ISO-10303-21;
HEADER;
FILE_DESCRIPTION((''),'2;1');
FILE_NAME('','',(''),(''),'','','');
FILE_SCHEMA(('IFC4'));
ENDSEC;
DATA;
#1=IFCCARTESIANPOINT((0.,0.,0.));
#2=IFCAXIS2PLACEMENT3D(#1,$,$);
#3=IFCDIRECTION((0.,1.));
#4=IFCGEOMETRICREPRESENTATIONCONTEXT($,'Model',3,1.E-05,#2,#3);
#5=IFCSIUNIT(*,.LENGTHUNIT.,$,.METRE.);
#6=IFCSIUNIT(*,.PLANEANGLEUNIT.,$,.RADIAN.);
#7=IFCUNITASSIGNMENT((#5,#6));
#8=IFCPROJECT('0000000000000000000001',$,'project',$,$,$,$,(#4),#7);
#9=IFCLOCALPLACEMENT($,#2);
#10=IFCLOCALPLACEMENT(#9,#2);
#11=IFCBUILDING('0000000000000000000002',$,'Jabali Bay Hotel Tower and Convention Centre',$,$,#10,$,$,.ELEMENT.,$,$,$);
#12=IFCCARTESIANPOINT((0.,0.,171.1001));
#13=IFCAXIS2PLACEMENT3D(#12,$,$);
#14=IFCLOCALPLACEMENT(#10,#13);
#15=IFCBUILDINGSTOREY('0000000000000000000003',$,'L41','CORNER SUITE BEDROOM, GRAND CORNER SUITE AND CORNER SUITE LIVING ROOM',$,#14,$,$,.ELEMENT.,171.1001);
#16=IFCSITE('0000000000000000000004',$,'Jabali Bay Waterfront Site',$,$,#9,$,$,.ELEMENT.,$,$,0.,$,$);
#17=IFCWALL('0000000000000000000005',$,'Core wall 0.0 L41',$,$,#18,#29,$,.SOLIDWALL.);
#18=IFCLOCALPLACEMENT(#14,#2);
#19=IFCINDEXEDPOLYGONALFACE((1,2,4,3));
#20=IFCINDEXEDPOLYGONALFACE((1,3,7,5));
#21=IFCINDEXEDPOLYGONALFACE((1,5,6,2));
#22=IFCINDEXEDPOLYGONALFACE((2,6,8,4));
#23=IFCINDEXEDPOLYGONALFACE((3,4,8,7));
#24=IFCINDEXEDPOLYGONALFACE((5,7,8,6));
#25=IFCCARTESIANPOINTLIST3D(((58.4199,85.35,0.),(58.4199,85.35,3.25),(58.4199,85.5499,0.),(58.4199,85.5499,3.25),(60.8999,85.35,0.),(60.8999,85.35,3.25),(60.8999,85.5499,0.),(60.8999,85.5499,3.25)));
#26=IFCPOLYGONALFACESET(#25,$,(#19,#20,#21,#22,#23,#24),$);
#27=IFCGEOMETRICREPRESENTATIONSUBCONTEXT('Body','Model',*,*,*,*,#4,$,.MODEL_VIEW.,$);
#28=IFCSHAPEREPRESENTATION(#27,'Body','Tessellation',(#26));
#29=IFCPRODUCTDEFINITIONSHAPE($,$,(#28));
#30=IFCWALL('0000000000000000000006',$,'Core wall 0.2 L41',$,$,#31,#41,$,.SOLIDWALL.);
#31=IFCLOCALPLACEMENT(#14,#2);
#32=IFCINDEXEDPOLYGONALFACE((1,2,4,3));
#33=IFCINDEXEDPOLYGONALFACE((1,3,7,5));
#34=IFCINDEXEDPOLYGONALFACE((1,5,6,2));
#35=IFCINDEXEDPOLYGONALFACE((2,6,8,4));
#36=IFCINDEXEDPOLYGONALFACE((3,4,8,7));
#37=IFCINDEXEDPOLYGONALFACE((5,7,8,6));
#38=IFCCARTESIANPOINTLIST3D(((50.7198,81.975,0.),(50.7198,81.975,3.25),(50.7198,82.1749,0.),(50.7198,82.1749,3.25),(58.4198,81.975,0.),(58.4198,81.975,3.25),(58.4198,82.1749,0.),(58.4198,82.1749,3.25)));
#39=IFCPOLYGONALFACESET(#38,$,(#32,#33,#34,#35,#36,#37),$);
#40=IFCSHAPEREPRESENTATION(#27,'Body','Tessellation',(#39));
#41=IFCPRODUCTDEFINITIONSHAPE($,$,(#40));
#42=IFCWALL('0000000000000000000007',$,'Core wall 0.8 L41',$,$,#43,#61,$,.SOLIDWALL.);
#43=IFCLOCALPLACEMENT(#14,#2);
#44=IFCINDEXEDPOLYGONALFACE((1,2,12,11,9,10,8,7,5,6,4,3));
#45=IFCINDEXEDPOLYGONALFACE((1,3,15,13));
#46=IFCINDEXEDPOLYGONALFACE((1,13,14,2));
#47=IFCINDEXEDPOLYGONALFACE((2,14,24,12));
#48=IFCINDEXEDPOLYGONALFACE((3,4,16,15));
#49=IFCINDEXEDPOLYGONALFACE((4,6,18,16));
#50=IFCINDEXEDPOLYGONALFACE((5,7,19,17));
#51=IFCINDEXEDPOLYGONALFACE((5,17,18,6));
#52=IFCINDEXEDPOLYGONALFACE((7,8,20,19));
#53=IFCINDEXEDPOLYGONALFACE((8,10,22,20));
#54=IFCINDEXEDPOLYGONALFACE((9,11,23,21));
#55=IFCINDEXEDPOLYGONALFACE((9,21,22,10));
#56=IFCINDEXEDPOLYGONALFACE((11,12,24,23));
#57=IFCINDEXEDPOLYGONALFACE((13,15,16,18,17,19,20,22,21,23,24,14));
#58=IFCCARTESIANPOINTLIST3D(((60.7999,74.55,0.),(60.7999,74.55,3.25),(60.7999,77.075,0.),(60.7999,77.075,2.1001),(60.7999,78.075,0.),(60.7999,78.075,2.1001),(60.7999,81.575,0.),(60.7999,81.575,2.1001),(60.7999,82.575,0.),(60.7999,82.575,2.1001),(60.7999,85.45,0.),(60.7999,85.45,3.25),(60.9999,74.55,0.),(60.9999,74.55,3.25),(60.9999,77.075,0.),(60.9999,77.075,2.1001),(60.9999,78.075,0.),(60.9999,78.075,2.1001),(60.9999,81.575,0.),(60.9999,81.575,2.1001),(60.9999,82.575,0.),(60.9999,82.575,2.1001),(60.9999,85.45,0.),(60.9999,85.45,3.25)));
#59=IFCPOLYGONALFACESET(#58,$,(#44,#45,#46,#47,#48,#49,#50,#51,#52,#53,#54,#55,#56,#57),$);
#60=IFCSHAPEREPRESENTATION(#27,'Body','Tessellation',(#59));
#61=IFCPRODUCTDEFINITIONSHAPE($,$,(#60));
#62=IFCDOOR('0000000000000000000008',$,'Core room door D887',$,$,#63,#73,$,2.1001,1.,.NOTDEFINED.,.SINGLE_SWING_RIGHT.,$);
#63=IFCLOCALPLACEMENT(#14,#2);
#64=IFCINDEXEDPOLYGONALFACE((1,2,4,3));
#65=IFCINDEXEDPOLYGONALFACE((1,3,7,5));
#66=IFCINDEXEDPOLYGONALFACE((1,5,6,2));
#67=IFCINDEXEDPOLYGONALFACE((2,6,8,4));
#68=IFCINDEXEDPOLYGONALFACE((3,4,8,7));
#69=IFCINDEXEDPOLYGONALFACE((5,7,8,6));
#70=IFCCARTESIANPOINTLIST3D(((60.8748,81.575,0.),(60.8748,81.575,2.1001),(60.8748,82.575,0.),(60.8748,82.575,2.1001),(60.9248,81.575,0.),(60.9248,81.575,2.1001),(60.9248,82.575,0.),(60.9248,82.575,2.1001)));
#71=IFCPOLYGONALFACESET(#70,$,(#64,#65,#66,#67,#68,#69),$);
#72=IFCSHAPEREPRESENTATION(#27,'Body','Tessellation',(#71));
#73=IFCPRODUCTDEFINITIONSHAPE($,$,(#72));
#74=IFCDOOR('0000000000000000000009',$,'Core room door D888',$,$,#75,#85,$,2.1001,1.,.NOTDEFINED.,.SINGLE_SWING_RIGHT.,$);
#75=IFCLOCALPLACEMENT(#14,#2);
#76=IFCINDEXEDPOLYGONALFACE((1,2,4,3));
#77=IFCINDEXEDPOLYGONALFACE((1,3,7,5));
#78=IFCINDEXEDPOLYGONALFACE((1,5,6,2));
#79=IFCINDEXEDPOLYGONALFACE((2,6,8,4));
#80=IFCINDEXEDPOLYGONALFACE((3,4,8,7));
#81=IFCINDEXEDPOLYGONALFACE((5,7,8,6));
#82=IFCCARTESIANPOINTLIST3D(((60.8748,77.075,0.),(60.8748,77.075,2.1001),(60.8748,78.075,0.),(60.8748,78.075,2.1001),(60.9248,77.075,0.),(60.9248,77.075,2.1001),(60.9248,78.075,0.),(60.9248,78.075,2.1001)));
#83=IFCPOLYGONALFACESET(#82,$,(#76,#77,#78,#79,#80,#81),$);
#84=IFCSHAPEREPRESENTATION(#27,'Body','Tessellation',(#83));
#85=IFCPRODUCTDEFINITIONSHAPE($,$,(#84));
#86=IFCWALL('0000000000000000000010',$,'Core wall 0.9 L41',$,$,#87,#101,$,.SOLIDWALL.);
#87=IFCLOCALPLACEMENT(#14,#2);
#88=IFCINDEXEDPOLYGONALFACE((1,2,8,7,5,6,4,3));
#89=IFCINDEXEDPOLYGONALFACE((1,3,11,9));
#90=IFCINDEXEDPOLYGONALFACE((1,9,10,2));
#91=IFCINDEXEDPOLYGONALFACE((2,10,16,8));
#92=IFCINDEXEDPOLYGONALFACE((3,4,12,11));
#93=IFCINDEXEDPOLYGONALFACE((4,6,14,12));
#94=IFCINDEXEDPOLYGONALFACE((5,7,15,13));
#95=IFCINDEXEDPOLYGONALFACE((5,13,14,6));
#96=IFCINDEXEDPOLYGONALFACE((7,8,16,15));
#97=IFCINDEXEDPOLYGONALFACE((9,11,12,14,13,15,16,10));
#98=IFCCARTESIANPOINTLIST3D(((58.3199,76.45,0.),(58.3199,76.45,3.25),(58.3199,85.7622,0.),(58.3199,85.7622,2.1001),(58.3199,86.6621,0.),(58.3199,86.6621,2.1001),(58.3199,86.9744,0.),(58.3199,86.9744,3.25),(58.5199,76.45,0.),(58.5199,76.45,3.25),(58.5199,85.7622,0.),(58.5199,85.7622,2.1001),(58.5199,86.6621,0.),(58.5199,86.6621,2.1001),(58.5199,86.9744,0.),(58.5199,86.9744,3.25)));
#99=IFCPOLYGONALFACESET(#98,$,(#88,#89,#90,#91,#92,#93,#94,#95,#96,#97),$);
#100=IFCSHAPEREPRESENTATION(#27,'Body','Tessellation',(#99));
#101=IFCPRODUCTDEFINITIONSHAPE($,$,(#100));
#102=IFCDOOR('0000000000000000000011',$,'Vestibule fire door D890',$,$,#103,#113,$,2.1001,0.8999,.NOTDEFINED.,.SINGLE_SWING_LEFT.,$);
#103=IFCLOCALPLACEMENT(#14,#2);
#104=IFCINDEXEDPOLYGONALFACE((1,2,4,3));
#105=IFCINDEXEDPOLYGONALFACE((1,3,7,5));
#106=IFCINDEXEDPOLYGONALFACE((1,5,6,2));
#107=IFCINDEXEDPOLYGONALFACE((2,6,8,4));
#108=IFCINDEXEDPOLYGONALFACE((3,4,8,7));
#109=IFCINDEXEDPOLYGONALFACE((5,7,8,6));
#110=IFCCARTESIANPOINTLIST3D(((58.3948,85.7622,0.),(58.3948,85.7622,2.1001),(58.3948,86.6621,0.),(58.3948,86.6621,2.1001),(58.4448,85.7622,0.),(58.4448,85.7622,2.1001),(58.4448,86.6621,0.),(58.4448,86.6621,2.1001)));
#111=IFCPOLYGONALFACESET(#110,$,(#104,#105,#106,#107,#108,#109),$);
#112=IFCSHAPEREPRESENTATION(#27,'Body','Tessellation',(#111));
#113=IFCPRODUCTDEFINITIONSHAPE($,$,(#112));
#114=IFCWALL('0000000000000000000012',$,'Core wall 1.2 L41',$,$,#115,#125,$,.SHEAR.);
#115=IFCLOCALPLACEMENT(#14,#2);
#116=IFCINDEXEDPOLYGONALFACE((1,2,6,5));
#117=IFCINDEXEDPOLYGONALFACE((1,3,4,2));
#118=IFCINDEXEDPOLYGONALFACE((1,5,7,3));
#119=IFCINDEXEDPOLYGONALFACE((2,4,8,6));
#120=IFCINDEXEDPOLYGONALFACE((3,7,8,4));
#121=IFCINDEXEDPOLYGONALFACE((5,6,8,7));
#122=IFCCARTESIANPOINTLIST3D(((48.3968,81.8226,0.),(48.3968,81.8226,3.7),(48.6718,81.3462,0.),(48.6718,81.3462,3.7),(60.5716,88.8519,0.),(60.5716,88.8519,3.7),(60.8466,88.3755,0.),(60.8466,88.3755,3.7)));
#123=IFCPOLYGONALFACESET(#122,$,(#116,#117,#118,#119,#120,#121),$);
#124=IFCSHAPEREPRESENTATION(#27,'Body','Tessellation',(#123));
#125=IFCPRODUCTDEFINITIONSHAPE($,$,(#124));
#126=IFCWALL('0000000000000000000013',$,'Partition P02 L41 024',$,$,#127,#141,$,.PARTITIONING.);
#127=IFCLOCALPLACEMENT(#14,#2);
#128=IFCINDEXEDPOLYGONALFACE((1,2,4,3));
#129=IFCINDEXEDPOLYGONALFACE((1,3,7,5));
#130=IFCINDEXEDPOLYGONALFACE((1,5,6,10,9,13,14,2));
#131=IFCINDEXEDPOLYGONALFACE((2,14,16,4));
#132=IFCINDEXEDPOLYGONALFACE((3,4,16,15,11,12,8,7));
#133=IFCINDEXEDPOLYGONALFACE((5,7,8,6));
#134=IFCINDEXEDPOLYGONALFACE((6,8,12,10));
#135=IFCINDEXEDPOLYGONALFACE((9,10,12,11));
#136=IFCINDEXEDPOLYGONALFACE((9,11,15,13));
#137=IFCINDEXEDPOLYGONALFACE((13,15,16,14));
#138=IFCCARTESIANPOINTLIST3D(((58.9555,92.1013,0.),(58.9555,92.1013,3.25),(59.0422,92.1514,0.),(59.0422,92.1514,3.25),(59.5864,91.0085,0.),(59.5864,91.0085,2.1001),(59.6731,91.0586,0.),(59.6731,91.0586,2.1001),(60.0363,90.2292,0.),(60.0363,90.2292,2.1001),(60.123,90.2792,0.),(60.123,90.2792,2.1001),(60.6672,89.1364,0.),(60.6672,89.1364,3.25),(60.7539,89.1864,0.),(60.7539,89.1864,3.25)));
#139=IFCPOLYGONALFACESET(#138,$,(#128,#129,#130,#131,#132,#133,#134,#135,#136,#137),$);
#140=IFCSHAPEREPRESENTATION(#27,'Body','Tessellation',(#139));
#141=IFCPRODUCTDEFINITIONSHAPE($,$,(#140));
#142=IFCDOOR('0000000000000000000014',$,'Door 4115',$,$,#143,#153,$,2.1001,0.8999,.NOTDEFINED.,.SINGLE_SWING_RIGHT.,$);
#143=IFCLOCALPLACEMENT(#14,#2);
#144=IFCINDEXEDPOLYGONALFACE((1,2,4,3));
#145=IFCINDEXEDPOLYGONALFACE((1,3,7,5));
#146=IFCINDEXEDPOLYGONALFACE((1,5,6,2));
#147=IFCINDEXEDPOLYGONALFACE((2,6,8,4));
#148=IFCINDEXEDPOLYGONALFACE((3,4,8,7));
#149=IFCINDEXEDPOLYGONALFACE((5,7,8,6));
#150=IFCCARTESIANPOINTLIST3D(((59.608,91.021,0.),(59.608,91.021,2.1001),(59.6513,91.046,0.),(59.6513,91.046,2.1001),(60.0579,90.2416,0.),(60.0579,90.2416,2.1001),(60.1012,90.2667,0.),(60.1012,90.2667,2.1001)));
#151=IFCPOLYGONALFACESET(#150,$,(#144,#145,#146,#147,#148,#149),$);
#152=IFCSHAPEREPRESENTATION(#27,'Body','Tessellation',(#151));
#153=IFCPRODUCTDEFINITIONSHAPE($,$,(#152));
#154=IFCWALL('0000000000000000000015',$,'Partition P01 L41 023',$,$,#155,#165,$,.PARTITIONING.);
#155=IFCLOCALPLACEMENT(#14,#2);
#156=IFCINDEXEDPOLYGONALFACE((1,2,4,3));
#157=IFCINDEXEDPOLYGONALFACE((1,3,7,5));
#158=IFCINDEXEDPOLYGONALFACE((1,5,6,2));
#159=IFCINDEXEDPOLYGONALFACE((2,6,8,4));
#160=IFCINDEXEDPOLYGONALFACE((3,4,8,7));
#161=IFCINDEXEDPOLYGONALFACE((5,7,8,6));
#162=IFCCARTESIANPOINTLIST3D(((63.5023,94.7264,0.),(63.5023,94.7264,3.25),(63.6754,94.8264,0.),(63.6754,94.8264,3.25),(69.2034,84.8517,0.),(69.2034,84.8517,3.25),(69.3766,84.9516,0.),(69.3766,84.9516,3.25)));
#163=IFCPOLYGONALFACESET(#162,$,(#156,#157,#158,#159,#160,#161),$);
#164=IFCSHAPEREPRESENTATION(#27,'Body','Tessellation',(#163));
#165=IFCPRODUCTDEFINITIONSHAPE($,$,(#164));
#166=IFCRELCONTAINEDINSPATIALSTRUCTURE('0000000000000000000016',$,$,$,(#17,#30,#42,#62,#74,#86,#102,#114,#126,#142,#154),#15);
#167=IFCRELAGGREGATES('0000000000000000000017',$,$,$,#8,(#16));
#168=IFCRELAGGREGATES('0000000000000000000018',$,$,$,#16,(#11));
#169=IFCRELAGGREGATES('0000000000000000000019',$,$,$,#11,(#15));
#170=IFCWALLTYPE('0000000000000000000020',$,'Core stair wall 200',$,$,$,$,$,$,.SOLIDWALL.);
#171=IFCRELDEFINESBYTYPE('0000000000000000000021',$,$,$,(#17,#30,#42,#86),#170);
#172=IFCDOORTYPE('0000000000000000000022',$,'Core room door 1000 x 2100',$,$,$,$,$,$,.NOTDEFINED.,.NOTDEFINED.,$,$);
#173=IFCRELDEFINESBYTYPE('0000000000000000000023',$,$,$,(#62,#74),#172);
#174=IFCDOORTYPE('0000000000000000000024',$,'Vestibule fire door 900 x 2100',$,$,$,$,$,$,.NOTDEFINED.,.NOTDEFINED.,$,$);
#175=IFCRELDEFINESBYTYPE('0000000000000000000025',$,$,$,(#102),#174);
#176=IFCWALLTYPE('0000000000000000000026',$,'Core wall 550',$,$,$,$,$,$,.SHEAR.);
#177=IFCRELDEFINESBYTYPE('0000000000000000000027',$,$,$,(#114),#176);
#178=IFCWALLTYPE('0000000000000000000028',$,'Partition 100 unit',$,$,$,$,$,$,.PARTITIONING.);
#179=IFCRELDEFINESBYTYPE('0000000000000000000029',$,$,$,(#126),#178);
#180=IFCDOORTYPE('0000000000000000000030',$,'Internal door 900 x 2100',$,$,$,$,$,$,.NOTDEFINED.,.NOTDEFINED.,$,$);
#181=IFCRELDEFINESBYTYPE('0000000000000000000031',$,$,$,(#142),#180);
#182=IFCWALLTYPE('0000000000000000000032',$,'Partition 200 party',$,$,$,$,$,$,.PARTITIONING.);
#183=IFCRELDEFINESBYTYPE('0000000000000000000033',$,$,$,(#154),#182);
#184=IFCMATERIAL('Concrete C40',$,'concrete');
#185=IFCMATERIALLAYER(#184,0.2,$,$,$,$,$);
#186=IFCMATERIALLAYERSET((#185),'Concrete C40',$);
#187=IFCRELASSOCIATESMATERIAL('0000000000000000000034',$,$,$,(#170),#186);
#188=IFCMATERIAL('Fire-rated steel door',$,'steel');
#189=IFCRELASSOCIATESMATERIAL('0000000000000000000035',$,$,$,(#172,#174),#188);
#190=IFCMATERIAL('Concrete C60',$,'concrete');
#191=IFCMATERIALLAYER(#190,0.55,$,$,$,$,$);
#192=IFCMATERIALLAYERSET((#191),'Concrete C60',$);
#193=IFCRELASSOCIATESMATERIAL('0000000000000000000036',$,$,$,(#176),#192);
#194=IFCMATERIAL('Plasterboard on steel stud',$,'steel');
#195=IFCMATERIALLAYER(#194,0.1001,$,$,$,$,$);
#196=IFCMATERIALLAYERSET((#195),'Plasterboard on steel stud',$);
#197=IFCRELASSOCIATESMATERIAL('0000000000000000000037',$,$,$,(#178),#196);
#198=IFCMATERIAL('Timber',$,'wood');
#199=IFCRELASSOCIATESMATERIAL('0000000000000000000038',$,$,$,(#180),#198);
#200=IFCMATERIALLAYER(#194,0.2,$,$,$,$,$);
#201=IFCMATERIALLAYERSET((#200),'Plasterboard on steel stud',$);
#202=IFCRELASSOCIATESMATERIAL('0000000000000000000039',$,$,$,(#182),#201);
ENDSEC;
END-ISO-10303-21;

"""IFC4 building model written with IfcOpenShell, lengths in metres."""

from ifc_helpers import new_model, si_unit, direction, frame, frame_2d, origin, place, context, subcontext, project, spatial, rectangle, extrude, material, layer, layer_set, type_object, element, fill, save


model = new_model("IFC4")

# Units and contexts
model_context = context("Model", 3, precision=1e-05, world=origin(), true_north=direction((0.0, 1.0)))
body_context = subcontext(model_context, "Body", "Model", "MODEL_VIEW")
ifc_project = project(units=[si_unit("LENGTHUNIT", "METRE"), si_unit("PLANEANGLEUNIT", "RADIAN")], contexts=[model_context])

# Site, building, storey
site_placement = place(None, origin())
site = spatial("IfcSite", under=ifc_project, at=site_placement, Name="Jabali Bay Waterfront Site", CompositionType="ELEMENT", RefElevation=0.0)
building_placement = place(site_placement, origin())
building = spatial("IfcBuilding", under=site, at=building_placement, Name="Jabali Bay Hotel Tower and Convention Centre", CompositionType="ELEMENT")
storey_placement = place(building_placement, frame((0.0, 0.0, 171.1001)))
storey = spatial("IfcBuildingStorey", under=building, at=storey_placement, Name="L41", Description="CORNER SUITE BEDROOM, GRAND CORNER SUITE AND CORNER SUITE LIVING ROOM", CompositionType="ELEMENT", Elevation=171.1001)

# Walls
ifc_material_1 = material(Name="Concrete C40", Category="concrete")
ifc_layer_1 = layer(ifc_material_1, 0.2)
ifc_layer_set_1 = layer_set([ifc_layer_1], Name="Concrete C40")
wall_type_1 = type_object("IfcWallType", Name="Core stair wall 200", PredefinedType="SOLIDWALL", material=ifc_layer_set_1)
wall_1_placement = place(storey_placement, frame((60.8999, 85.45, 0.0), z_axis=(0.0, 0.0, 1.0), x_axis=(-1.0, 0.0, 0.0)))
element("IfcWall", 1, at=wall_1_placement, inside=storey, type_object=wall_type_1, Name="Core wall 0.0 L41", PredefinedType="SOLIDWALL", context=body_context, shape_type="SweptSolid", body=[
    extrude(rectangle(XDim=2.48, YDim=0.2, at=frame_2d((1.24, 0.0))), origin(), (0.0, 0.0, 1.0), 3.25),
])
wall_2_placement = place(storey_placement, frame((58.4199, 82.075, 0.0), z_axis=(0.0, 0.0, 1.0), x_axis=(-1.0, 0.0, 0.0)))
element("IfcWall", 2, at=wall_2_placement, inside=storey, type_object=wall_type_1, Name="Core wall 0.2 L41", PredefinedType="SOLIDWALL", context=body_context, shape_type="SweptSolid", body=[
    extrude(rectangle(XDim=7.7, YDim=0.2, at=frame_2d((3.8501, 0.0))), origin(), (0.0, 0.0, 1.0), 3.25),
])

# Wall, openings, doors
wall_3_placement = place(storey_placement, frame((60.8999, 85.45, 0.0), z_axis=(0.0, 0.0, 1.0), x_axis=(0.0, -1.0, 0.0)))
wall_3 = element("IfcWall", 3, at=wall_3_placement, inside=storey, type_object=wall_type_1, Name="Core wall 0.8 L41", PredefinedType="SOLIDWALL", context=body_context, shape_type="SweptSolid", body=[
    extrude(rectangle(XDim=10.8999, YDim=0.2, at=frame_2d((5.45, 0.0))), origin(), (0.0, 0.0, 1.0), 3.25),
])
opening_1_placement = place(wall_3_placement, frame((2.875, 0.0, 0.0)))
opening_1 = element("IfcOpeningElement", 4, at=opening_1_placement, cuts=wall_3, PredefinedType="OPENING", context=body_context, shape_type="SweptSolid", body=[
    extrude(rectangle(XDim=1.0, YDim=2.1001, at=frame_2d((0.5, 1.05))), frame((0.0, 0.1104, 0.0), z_axis=(0.0, -1.0, 0.0), x_axis=(1.0, 0.0, 0.0)), (0.0, 0.0, 1.0), 0.2209),
])
opening_2_placement = place(wall_3_placement, frame((7.375, 0.0, 0.0)))
opening_2 = element("IfcOpeningElement", 5, at=opening_2_placement, cuts=wall_3, PredefinedType="OPENING", context=body_context, shape_type="SweptSolid", body=[
    extrude(rectangle(XDim=1.0, YDim=2.1001, at=frame_2d((0.5, 1.05))), frame((0.0, 0.1104, 0.0), z_axis=(0.0, -1.0, 0.0), x_axis=(1.0, 0.0, 0.0)), (0.0, 0.0, 1.0), 0.2209),
])
ifc_material_2 = material(Name="Fire-rated steel door", Category="steel")
door_type_1 = type_object("IfcDoorType", Name="Core room door 1000 x 2100", OperationType="NOTDEFINED", PredefinedType="NOTDEFINED", material=ifc_material_2)
door_1_placement = place(opening_1_placement, origin())
door_1 = element("IfcDoor", 6, at=door_1_placement, inside=storey, type_object=door_type_1, Name="Core room door D887", OperationType="SINGLE_SWING_RIGHT", OverallHeight=2.1001, OverallWidth=1.0, PredefinedType="NOTDEFINED", context=body_context, shape_type="SweptSolid", body=[
    extrude(rectangle(XDim=1.0, YDim=2.1001, at=frame_2d((0.5, 1.05))), frame((0.0, 0.0249, 0.0), z_axis=(0.0, -1.0, 0.0), x_axis=(1.0, 0.0, 0.0)), (0.0, 0.0, 1.0), 0.05),
])
fill(opening_1, door_1)
door_2_placement = place(opening_2_placement, origin())
door_2 = element("IfcDoor", 7, at=door_2_placement, inside=storey, type_object=door_type_1, Name="Core room door D888", OperationType="SINGLE_SWING_RIGHT", OverallHeight=2.1001, OverallWidth=1.0, PredefinedType="NOTDEFINED", context=body_context, shape_type="SweptSolid", body=[
    extrude(rectangle(XDim=1.0, YDim=2.1001, at=frame_2d((0.5, 1.05))), frame((0.0, 0.0249, 0.0), z_axis=(0.0, -1.0, 0.0), x_axis=(1.0, 0.0, 0.0)), (0.0, 0.0, 1.0), 0.05),
])
fill(opening_2, door_2)

# Wall, opening, door
wall_4_placement = place(storey_placement, frame((58.4199, 86.9744, 0.0), z_axis=(0.0, 0.0, 1.0), x_axis=(0.0, -1.0, 0.0)))
wall_4 = element("IfcWall", 8, at=wall_4_placement, inside=storey, type_object=wall_type_1, Name="Core wall 0.9 L41", PredefinedType="SOLIDWALL", context=body_context, shape_type="SweptSolid", body=[
    extrude(rectangle(XDim=10.5244, YDim=0.2, at=frame_2d((5.2622, 0.0))), origin(), (0.0, 0.0, 1.0), 3.25),
])
opening_3_placement = place(wall_4_placement, frame((0.3123, 0.0, 0.0)))
opening_3 = element("IfcOpeningElement", 9, at=opening_3_placement, cuts=wall_4, PredefinedType="OPENING", context=body_context, shape_type="SweptSolid", body=[
    extrude(rectangle(XDim=0.8999, YDim=2.1001, at=frame_2d((0.45, 1.05))), frame((0.0, 0.1104, 0.0), z_axis=(0.0, -1.0, 0.0), x_axis=(1.0, 0.0, 0.0)), (0.0, 0.0, 1.0), 0.2209),
])
door_type_2 = type_object("IfcDoorType", Name="Vestibule fire door 900 x 2100", OperationType="NOTDEFINED", PredefinedType="NOTDEFINED", material=ifc_material_2)
door_3_placement = place(opening_3_placement, origin())
door_3 = element("IfcDoor", 10, at=door_3_placement, inside=storey, type_object=door_type_2, Name="Vestibule fire door D890", OperationType="SINGLE_SWING_LEFT", OverallHeight=2.1001, OverallWidth=0.8999, PredefinedType="NOTDEFINED", context=body_context, shape_type="SweptSolid", body=[
    extrude(rectangle(XDim=0.8999, YDim=2.1001, at=frame_2d((0.45, 1.05))), frame((0.0, 0.0249, 0.0), z_axis=(0.0, -1.0, 0.0), x_axis=(1.0, 0.0, 0.0)), (0.0, 0.0, 1.0), 0.05),
])
fill(opening_3, door_3)

# Wall
ifc_material_3 = material(Name="Concrete C60", Category="concrete")
ifc_layer_2 = layer(ifc_material_3, 0.55)
ifc_layer_set_2 = layer_set([ifc_layer_2], Name="Concrete C60")
wall_type_2 = type_object("IfcWallType", Name="Core wall 550", PredefinedType="SHEAR", material=ifc_layer_set_2)
wall_5_placement = place(storey_placement, frame((60.7092, 88.6138, 0.0), z_axis=(0.0, 0.0, 1.0), x_axis=(-0.86602, -0.500009, 0.0)))
element("IfcWall", 11, at=wall_5_placement, inside=storey, type_object=wall_type_2, Name="Core wall 1.2 L41", PredefinedType="SHEAR", context=body_context, shape_type="SweptSolid", body=[
    extrude(rectangle(XDim=14.0583, YDim=0.55, at=frame_2d((7.0293, 0.0))), origin(), (0.0, 0.0, 1.0), 3.7),
])

# Wall, opening, door
ifc_material_4 = material(Name="Plasterboard on steel stud", Category="steel")
ifc_layer_3 = layer(ifc_material_4, 0.1001)
ifc_layer_set_3 = layer_set([ifc_layer_3], Name="Plasterboard on steel stud")
wall_type_3 = type_object("IfcWallType", Name="Partition 100 unit", PredefinedType="PARTITIONING", material=ifc_layer_set_3)
wall_6_placement = place(storey_placement, frame((58.9988, 92.1265, 0.0), z_axis=(0.0, 0.0, 1.0), x_axis=(0.499982, -0.866036, 0.0)))
wall_6 = element("IfcWall", 12, at=wall_6_placement, inside=storey, type_object=wall_type_3, Name="Partition P02 L41 024", PredefinedType="PARTITIONING", context=body_context, shape_type="SweptSolid", body=[
    extrude(rectangle(XDim=3.4236, YDim=0.1001, at=frame_2d((1.7119, 0.0))), origin(), (0.0, 0.0, 1.0), 3.25),
])
opening_4_placement = place(wall_6_placement, frame((1.262, 0.0, 0.0)))
opening_4 = element("IfcOpeningElement", 13, at=opening_4_placement, cuts=wall_6, PredefinedType="OPENING", context=body_context, shape_type="SweptSolid", body=[
    extrude(rectangle(XDim=0.8999, YDim=2.1001, at=frame_2d((0.45, 1.05))), frame((0.0, 0.0605, 0.0), z_axis=(0.0, -1.0, 0.0), x_axis=(1.0, 0.0, 0.0)), (0.0, 0.0, 1.0), 0.1211),
])
ifc_material_5 = material(Name="Timber", Category="wood")
door_type_3 = type_object("IfcDoorType", Name="Internal door 900 x 2100", OperationType="NOTDEFINED", PredefinedType="NOTDEFINED", material=ifc_material_5)
door_4_placement = place(opening_4_placement, origin())
door_4 = element("IfcDoor", 14, at=door_4_placement, inside=storey, type_object=door_type_3, Name="Door 4115", OperationType="SINGLE_SWING_RIGHT", OverallHeight=2.1001, OverallWidth=0.8999, PredefinedType="NOTDEFINED", context=body_context, shape_type="SweptSolid", body=[
    extrude(rectangle(XDim=0.8999, YDim=2.1001, at=frame_2d((0.45, 1.05))), frame((0.0, 0.0249, 0.0), z_axis=(0.0, -1.0, 0.0), x_axis=(1.0, 0.0, 0.0)), (0.0, 0.0, 1.0), 0.05),
])
fill(opening_4, door_4)

# Wall
ifc_layer_4 = layer(ifc_material_4, 0.2)
ifc_layer_set_4 = layer_set([ifc_layer_4], Name="Plasterboard on steel stud")
wall_type_4 = type_object("IfcWallType", Name="Partition 200 party", PredefinedType="PARTITIONING", material=ifc_layer_set_4)
wall_7_placement = place(storey_placement, frame((63.5889, 94.7764, 0.0), z_axis=(0.0, 0.0, 1.0), x_axis=(0.499999, -0.866026, 0.0)))
element("IfcWall", 15, at=wall_7_placement, inside=storey, type_object=wall_type_4, Name="Partition P01 L41 023", PredefinedType="PARTITIONING", context=body_context, shape_type="SweptSolid", body=[
    extrude(rectangle(XDim=11.4023, YDim=0.2, at=frame_2d((5.7012, 0.0))), origin(), (0.0, 0.0, 1.0), 3.25),
])

save(model, "model.ifc")
